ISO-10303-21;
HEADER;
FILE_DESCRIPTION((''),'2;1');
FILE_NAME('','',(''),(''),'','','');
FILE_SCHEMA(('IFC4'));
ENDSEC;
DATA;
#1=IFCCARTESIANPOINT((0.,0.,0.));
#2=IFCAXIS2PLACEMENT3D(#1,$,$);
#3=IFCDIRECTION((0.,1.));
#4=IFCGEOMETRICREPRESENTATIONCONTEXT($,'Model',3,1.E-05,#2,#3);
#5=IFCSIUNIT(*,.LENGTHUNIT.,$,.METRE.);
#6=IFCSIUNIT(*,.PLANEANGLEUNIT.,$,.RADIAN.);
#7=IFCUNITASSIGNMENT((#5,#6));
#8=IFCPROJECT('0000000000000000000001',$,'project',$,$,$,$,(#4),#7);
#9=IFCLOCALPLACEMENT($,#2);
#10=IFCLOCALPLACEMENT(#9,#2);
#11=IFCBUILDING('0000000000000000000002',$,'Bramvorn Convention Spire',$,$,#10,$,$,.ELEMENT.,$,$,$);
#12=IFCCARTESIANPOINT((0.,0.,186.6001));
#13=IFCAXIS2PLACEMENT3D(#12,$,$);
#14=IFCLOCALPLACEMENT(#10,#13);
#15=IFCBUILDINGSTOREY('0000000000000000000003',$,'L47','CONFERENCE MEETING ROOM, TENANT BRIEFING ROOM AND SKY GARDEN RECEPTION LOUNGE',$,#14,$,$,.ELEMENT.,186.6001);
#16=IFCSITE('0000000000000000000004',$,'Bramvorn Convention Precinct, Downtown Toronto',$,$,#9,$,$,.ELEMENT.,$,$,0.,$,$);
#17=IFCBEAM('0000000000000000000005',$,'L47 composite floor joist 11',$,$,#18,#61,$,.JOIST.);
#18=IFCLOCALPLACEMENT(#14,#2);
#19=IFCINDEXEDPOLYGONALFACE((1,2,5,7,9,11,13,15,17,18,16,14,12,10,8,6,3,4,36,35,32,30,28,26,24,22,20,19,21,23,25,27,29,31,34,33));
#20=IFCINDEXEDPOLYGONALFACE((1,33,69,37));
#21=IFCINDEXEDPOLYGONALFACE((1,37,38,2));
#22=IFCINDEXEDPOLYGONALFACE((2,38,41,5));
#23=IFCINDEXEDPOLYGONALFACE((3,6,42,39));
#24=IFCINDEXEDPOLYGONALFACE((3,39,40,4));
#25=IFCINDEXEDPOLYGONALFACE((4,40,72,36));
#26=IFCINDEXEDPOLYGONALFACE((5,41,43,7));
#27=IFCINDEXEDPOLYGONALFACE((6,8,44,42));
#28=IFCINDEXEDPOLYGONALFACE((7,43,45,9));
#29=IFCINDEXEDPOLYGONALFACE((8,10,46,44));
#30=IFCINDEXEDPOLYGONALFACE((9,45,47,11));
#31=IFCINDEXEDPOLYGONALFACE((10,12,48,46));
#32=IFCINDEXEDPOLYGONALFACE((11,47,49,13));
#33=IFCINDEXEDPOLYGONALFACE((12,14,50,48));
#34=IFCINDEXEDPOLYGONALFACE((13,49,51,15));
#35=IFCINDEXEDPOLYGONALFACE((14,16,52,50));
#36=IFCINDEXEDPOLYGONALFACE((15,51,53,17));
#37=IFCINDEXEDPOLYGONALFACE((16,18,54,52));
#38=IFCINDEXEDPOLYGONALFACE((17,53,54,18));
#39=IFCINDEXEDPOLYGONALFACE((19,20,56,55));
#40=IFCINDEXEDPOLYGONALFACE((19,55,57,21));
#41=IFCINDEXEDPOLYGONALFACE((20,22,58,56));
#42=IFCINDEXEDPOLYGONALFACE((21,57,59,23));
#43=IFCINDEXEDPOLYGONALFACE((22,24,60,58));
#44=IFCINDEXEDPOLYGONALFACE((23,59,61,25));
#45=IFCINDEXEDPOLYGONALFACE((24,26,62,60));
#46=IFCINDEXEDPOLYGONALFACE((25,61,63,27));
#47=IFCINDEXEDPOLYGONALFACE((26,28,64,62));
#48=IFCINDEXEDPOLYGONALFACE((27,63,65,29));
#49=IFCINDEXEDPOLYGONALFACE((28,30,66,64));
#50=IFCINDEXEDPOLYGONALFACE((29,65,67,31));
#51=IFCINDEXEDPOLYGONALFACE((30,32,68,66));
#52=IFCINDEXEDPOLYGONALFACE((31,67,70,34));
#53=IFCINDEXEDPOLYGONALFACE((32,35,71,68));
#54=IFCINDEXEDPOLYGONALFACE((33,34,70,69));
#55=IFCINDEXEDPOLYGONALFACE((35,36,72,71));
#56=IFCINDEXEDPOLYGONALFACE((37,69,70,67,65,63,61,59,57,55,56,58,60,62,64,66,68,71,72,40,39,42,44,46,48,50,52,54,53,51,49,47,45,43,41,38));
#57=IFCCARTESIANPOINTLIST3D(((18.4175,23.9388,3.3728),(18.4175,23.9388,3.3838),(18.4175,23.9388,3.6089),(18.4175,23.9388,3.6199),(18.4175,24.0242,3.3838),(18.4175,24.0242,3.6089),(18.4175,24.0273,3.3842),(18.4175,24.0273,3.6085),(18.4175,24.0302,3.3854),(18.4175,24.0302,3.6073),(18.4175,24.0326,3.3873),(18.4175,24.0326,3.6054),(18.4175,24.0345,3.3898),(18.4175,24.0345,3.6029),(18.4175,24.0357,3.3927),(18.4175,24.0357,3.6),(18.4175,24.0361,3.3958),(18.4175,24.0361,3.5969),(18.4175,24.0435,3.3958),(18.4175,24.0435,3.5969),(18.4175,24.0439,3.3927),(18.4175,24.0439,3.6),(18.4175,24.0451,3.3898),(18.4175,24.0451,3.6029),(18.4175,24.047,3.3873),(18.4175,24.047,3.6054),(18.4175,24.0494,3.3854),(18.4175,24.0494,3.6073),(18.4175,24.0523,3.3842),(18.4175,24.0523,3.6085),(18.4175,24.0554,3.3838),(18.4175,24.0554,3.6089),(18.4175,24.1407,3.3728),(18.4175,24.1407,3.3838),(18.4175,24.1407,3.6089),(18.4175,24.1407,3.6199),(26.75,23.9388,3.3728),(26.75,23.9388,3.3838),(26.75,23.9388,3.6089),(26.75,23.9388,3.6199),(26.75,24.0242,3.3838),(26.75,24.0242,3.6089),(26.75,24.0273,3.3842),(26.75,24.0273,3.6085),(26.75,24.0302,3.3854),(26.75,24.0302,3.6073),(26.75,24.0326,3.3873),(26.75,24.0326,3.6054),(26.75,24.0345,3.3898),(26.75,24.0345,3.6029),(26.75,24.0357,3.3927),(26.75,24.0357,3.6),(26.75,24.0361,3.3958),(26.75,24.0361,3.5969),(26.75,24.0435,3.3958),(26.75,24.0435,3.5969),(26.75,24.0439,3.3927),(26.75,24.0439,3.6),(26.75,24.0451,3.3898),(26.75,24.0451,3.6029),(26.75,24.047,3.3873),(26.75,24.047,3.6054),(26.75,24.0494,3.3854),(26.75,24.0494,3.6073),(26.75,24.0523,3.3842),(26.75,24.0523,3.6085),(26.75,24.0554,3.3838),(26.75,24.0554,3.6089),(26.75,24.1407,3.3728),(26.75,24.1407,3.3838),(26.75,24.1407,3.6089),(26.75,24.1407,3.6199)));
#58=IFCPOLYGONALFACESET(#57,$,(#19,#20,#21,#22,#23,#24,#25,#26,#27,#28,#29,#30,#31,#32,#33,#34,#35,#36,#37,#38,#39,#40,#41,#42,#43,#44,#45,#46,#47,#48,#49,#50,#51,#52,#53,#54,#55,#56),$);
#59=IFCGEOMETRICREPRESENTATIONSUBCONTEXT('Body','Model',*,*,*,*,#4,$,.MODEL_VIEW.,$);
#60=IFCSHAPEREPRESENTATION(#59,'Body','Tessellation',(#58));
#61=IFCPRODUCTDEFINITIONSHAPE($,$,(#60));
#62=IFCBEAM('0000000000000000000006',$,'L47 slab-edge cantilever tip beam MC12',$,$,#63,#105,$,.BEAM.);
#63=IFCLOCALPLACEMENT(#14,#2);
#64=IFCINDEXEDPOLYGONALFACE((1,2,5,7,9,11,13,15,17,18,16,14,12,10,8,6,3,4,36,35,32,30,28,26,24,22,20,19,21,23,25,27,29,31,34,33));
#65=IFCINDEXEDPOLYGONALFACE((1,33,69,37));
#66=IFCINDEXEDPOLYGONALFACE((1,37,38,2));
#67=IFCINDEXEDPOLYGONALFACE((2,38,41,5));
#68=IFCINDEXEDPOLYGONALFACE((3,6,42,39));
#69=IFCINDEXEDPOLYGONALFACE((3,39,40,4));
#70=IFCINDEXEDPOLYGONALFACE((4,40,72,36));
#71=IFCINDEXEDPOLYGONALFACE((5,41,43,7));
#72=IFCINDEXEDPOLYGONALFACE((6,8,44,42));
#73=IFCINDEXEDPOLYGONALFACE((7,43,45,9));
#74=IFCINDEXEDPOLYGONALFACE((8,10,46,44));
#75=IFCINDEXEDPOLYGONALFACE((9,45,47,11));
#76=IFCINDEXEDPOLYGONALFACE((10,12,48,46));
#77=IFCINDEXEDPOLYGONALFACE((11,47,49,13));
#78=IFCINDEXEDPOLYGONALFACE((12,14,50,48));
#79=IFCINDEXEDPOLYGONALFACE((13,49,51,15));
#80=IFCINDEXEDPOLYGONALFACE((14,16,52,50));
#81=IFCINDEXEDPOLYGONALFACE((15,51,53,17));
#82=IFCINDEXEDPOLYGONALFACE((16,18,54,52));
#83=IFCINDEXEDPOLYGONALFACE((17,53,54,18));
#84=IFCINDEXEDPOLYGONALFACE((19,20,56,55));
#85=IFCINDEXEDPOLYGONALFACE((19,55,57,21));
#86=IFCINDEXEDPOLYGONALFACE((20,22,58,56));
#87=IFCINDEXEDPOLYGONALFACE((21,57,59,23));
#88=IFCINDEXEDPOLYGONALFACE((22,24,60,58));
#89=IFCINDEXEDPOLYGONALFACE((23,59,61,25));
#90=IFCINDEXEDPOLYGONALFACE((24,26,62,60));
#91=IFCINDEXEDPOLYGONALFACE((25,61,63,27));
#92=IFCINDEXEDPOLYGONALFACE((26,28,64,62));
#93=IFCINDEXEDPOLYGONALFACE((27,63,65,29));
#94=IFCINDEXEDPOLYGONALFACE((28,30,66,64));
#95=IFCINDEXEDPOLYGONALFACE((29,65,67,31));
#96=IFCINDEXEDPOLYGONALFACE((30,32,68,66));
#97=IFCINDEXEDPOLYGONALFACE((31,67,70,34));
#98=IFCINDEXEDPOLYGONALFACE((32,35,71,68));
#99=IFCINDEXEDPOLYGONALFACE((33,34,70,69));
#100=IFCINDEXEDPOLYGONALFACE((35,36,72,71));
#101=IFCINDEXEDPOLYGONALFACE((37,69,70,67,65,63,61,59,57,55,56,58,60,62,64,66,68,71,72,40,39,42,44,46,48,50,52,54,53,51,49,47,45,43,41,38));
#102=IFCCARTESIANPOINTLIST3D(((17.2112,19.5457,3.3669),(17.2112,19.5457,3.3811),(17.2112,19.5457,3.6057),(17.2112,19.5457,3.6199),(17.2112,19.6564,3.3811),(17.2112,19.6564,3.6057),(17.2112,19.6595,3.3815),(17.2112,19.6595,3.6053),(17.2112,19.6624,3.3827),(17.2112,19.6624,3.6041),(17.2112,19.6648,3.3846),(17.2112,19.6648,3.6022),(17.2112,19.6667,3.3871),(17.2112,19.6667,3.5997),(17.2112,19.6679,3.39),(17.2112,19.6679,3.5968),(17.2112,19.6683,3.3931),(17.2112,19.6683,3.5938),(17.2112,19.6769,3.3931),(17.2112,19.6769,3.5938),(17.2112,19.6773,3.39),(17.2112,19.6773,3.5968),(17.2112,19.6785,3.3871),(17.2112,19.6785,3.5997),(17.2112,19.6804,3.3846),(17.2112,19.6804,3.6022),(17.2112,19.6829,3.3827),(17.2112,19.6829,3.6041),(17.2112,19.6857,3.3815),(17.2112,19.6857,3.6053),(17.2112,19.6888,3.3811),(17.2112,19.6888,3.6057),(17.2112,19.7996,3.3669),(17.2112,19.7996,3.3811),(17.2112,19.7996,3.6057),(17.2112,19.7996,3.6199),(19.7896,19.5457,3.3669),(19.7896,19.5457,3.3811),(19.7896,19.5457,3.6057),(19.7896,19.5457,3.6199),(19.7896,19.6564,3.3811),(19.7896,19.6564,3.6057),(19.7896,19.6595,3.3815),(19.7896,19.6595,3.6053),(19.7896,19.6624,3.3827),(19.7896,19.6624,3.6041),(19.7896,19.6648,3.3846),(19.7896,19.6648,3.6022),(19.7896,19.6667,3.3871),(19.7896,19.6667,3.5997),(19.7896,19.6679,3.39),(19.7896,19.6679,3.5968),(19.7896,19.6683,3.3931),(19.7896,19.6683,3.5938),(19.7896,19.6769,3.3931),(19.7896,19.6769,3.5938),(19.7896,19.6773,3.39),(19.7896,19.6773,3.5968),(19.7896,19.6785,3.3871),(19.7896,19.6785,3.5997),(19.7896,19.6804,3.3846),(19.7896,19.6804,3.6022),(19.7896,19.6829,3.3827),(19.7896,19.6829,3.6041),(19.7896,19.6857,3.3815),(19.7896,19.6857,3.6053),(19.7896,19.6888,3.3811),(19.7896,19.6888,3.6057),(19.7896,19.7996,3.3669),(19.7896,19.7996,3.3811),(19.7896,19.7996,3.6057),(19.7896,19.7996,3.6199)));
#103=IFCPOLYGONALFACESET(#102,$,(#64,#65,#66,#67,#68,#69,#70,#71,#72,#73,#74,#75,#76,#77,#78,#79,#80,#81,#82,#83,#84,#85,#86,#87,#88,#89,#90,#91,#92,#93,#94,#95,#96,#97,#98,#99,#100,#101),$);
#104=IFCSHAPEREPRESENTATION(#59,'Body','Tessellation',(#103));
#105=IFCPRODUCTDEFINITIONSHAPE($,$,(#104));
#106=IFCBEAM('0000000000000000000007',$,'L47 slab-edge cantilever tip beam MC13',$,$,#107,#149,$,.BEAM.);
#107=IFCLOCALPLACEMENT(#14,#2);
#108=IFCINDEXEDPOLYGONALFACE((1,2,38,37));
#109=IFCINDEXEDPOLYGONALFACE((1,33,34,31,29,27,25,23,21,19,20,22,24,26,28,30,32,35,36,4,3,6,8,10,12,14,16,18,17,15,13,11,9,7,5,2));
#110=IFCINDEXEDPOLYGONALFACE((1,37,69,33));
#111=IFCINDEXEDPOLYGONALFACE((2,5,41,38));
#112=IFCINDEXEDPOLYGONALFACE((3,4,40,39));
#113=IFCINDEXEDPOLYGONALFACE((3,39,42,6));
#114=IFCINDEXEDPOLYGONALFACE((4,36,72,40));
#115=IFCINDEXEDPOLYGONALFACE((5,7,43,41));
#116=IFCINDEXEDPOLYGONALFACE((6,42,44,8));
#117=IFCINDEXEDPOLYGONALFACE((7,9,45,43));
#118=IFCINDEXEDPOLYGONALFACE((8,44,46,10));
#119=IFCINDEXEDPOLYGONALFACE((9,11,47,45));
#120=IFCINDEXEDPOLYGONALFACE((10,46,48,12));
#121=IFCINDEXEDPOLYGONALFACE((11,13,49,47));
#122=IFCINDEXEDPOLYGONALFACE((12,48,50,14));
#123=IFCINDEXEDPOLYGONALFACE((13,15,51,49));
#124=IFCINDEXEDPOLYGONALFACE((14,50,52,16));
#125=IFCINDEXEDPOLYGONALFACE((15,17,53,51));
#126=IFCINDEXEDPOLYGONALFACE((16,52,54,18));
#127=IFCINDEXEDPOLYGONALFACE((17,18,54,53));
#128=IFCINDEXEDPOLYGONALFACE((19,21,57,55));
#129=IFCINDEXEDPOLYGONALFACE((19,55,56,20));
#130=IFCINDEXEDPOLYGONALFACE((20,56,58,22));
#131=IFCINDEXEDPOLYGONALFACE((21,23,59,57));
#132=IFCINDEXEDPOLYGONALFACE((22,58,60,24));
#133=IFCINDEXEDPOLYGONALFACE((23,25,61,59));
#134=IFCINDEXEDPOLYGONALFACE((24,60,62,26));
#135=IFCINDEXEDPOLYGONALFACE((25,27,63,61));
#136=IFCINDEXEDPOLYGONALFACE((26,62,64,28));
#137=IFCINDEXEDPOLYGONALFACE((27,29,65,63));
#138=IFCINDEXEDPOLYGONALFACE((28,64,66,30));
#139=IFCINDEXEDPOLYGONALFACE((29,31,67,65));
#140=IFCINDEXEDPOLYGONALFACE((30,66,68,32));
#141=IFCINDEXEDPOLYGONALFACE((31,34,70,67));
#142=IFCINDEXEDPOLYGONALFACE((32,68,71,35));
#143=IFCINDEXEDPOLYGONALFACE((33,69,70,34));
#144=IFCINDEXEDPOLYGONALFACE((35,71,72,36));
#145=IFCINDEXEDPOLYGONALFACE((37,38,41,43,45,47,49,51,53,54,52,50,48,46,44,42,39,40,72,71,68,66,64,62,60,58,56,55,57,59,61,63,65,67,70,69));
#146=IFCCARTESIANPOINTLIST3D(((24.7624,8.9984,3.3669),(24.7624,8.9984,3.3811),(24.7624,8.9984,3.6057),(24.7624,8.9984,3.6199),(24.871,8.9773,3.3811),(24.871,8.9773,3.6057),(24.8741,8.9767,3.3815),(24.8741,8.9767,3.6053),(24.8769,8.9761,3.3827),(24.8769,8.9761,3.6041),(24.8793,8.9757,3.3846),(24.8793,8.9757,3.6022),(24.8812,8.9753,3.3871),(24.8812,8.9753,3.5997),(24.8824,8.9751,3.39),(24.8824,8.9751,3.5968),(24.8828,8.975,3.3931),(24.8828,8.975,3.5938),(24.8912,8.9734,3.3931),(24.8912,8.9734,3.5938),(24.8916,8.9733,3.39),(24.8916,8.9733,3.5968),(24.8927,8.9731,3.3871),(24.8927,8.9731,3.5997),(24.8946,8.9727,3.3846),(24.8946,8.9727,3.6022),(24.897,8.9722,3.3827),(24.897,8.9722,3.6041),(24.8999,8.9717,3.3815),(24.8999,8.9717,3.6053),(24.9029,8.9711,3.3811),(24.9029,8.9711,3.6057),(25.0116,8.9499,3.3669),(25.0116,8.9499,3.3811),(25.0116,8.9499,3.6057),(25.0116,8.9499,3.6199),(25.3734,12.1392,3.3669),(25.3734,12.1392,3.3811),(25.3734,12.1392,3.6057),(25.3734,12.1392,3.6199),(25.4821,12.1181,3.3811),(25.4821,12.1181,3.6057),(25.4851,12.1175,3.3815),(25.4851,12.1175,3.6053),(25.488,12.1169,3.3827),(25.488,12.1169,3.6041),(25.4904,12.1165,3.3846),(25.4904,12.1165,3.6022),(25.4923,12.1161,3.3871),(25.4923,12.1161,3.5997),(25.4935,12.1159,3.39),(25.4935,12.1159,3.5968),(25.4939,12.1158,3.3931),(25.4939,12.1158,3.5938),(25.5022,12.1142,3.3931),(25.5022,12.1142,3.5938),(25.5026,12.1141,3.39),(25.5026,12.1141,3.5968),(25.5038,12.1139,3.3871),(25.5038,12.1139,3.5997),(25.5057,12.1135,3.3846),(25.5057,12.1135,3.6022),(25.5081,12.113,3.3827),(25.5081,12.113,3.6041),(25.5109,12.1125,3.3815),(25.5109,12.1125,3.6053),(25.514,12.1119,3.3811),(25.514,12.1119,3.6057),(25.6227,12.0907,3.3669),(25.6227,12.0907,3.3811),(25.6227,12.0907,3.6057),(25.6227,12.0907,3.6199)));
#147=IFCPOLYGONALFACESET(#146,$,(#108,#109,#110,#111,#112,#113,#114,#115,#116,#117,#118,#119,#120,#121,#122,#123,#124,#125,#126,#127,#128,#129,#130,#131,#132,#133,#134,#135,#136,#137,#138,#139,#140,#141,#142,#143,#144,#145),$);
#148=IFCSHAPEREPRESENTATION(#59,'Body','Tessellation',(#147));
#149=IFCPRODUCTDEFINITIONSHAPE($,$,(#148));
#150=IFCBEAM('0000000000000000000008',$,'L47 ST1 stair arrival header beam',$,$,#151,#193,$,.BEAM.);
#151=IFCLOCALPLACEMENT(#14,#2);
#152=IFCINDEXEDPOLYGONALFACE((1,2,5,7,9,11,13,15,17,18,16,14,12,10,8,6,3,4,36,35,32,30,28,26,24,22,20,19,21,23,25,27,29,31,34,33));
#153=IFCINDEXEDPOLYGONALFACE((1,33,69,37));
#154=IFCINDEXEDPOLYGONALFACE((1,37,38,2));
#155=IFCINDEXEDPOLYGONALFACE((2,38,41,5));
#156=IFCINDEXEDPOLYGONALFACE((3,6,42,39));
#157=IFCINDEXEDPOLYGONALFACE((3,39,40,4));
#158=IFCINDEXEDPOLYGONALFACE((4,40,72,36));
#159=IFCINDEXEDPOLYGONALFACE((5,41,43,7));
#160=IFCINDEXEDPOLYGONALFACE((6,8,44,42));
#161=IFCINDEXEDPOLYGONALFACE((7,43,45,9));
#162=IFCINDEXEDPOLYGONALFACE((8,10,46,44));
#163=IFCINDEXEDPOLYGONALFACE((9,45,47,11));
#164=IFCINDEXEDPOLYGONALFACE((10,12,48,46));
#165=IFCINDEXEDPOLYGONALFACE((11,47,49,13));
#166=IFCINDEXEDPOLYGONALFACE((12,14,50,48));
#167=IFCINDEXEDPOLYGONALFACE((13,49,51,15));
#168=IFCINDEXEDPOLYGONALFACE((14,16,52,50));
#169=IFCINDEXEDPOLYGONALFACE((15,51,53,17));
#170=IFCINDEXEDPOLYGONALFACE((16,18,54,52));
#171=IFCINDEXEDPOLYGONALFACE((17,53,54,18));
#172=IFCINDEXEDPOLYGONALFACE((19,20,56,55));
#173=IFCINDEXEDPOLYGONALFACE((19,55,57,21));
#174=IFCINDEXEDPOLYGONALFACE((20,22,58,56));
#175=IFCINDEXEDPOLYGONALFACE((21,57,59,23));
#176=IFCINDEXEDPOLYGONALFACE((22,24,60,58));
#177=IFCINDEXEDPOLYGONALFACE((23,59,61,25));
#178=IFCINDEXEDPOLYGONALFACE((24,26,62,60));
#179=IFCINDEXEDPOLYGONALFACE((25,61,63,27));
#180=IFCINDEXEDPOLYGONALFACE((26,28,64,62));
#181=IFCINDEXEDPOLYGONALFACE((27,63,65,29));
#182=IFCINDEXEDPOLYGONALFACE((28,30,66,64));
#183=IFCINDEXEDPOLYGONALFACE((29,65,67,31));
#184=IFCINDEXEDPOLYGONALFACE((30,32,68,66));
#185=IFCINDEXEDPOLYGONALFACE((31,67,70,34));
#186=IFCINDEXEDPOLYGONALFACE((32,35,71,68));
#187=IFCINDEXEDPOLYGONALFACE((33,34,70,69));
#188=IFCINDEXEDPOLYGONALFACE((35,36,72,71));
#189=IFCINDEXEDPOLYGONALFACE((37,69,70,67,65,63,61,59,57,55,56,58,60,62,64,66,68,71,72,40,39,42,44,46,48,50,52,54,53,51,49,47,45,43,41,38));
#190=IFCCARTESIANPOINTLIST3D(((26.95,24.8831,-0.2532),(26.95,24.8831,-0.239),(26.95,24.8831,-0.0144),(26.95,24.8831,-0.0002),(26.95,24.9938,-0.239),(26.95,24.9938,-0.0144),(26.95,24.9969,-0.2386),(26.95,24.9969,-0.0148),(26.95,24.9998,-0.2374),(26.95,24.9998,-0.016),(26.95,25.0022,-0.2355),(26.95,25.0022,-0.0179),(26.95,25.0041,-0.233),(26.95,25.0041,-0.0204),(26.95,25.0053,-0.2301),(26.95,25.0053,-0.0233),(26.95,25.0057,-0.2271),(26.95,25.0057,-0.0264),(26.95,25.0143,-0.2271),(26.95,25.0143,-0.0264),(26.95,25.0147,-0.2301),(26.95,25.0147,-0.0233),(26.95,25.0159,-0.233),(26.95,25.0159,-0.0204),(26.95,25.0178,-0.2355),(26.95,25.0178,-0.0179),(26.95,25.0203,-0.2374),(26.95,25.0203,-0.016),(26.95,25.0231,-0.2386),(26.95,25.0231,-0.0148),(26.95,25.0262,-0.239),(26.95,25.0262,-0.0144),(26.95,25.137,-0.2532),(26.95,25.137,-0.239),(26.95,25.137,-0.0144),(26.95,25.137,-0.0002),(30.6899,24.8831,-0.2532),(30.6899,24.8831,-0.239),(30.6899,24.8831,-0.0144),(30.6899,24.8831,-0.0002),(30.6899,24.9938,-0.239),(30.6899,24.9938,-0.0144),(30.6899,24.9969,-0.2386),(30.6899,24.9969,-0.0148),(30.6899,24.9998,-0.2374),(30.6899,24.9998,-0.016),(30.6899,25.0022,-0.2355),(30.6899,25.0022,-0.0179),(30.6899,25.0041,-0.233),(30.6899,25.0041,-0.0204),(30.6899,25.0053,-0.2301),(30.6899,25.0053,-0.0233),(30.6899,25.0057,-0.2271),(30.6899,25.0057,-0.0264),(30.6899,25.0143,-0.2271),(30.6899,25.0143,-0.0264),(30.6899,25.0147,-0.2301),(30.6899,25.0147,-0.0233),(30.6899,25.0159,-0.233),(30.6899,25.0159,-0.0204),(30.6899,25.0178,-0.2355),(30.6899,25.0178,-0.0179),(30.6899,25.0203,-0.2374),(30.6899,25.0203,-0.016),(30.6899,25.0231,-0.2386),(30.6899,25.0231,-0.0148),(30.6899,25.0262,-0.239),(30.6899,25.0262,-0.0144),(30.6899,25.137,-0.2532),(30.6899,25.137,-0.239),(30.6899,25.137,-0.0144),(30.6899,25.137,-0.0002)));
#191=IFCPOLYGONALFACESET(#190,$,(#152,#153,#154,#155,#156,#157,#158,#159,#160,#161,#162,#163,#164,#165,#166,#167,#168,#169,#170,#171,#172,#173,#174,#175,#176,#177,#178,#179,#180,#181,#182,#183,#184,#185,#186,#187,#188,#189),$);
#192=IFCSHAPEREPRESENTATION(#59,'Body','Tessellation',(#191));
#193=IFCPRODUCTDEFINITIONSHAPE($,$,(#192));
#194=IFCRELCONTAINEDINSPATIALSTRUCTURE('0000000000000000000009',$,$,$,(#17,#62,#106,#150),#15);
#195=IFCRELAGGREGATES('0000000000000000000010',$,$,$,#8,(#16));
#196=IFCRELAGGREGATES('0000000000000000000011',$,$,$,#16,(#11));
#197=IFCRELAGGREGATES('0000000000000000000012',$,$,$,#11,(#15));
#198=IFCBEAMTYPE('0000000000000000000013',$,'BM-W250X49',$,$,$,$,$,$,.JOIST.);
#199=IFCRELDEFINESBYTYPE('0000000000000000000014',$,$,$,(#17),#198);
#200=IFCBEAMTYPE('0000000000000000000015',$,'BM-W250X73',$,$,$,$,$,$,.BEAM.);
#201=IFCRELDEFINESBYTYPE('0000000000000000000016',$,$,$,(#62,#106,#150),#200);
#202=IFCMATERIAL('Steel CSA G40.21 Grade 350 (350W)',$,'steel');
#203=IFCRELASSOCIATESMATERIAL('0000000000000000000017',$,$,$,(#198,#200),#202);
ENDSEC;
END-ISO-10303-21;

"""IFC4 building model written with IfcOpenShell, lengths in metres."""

from ifc_helpers import new_model, si_unit, direction, frame, origin, origin_2d, place, context, subcontext, project, spatial, i_section, extrude, material, material_profile, profile_set, type_object, element, save


model = new_model("IFC4")

# Units and contexts
model_context = context("Model", 3, precision=1e-05, world=origin(), true_north=direction((0.0, 1.0)))
body_context = subcontext(model_context, "Body", "Model", "MODEL_VIEW")
ifc_project = project(units=[si_unit("LENGTHUNIT", "METRE"), si_unit("PLANEANGLEUNIT", "RADIAN")], contexts=[model_context])

# Site, building, storey
site_placement = place(None, origin())
site = spatial("IfcSite", under=ifc_project, at=site_placement, Name="Bramvorn Convention Precinct, Downtown Toronto", CompositionType="ELEMENT", RefElevation=0.0)
building_placement = place(site_placement, origin())
building = spatial("IfcBuilding", under=site, at=building_placement, Name="Bramvorn Convention Spire", CompositionType="ELEMENT")
storey_placement = place(building_placement, frame((0.0, 0.0, 186.6001)))
storey = spatial("IfcBuildingStorey", under=building, at=storey_placement, Name="L47", Description="CONFERENCE MEETING ROOM, TENANT BRIEFING ROOM AND SKY GARDEN RECEPTION LOUNGE", CompositionType="ELEMENT", Elevation=186.6001)

# Shared definitions
ifc_material_1 = material(Name="Steel CSA G40.21 Grade 350 (350W)", Category="steel")

# Beams
ifc_material_profile_1 = material_profile(ifc_material_1, i_section(OverallWidth=0.2019, OverallDepth=0.2471, WebThickness=0.0073, FlangeThickness=0.011, FilletRadius=0.012, at=origin_2d()))
ifc_profile_set_1 = profile_set([ifc_material_profile_1], Name="Steel CSA G40.21 Grade 350 (350W) - W250X49")
beam_type_1 = type_object("IfcBeamType", Name="BM-W250X49", PredefinedType="JOIST", material=ifc_profile_set_1)
beam_1_placement = place(storey_placement, frame((26.75, 24.0398, 3.4963), z_axis=(-1.0, 0.0, 0.0), x_axis=(0.0, -1.0, 0.0)))
element("IfcBeam", 1, at=beam_1_placement, inside=storey, type_object=beam_type_1, Name="L47 composite floor joist 11", PredefinedType="JOIST", context=body_context, shape_type="SweptSolid", body=[
    extrude(i_section(OverallWidth=0.2019, OverallDepth=0.2471, WebThickness=0.0073, FlangeThickness=0.011, FilletRadius=0.012, at=origin_2d()), origin(), (0.0, 0.0, 1.0), 8.3325),
])
ifc_material_profile_2 = material_profile(ifc_material_1, i_section(OverallWidth=0.2539, OverallDepth=0.2529, WebThickness=0.0085, FlangeThickness=0.0142, FilletRadius=0.012, at=origin_2d()))
ifc_profile_set_2 = profile_set([ifc_material_profile_2], Name="Steel CSA G40.21 Grade 350 (350W) - W250X73")
beam_type_2 = type_object("IfcBeamType", Name="BM-W250X73", PredefinedType="BEAM", material=ifc_profile_set_2)
beam_2_placement = place(storey_placement, frame((19.7896, 19.6726, 3.4934), z_axis=(-1.0, 0.0, 0.0), x_axis=(0.0, -1.0, 0.0)))
element("IfcBeam", 2, at=beam_2_placement, inside=storey, type_object=beam_type_2, Name="L47 slab-edge cantilever tip beam MC12", PredefinedType="BEAM", context=body_context, shape_type="SweptSolid", body=[
    extrude(i_section(OverallWidth=0.2539, OverallDepth=0.2529, WebThickness=0.0085, FlangeThickness=0.0142, FilletRadius=0.012, at=origin_2d()), origin(), (0.0, 0.0, 1.0), 2.5784),
])
beam_3_placement = place(storey_placement, frame((25.498, 12.115, 3.4934), z_axis=(-0.190978, -0.981594, 0.0), x_axis=(0.981594, -0.190978, 0.0)))
element("IfcBeam", 3, at=beam_3_placement, inside=storey, type_object=beam_type_2, Name="L47 slab-edge cantilever tip beam MC13", PredefinedType="BEAM", context=body_context, shape_type="SweptSolid", body=[
    extrude(i_section(OverallWidth=0.2539, OverallDepth=0.2529, WebThickness=0.0085, FlangeThickness=0.0142, FilletRadius=0.012, at=origin_2d()), origin(), (0.0, 0.0, 1.0), 3.1997),
])
beam_4_placement = place(storey_placement, frame((26.95, 25.01, -0.1267), z_axis=(1.0, 0.0, 0.0), x_axis=(0.0, 1.0, 0.0)))
element("IfcBeam", 4, at=beam_4_placement, inside=storey, type_object=beam_type_2, Name="L47 ST1 stair arrival header beam", PredefinedType="BEAM", context=body_context, shape_type="SweptSolid", body=[
    extrude(i_section(OverallWidth=0.2539, OverallDepth=0.2529, WebThickness=0.0085, FlangeThickness=0.0142, FilletRadius=0.012, at=origin_2d()), origin(), (0.0, 0.0, 1.0), 3.74),
])

save(model, "model.ifc")
